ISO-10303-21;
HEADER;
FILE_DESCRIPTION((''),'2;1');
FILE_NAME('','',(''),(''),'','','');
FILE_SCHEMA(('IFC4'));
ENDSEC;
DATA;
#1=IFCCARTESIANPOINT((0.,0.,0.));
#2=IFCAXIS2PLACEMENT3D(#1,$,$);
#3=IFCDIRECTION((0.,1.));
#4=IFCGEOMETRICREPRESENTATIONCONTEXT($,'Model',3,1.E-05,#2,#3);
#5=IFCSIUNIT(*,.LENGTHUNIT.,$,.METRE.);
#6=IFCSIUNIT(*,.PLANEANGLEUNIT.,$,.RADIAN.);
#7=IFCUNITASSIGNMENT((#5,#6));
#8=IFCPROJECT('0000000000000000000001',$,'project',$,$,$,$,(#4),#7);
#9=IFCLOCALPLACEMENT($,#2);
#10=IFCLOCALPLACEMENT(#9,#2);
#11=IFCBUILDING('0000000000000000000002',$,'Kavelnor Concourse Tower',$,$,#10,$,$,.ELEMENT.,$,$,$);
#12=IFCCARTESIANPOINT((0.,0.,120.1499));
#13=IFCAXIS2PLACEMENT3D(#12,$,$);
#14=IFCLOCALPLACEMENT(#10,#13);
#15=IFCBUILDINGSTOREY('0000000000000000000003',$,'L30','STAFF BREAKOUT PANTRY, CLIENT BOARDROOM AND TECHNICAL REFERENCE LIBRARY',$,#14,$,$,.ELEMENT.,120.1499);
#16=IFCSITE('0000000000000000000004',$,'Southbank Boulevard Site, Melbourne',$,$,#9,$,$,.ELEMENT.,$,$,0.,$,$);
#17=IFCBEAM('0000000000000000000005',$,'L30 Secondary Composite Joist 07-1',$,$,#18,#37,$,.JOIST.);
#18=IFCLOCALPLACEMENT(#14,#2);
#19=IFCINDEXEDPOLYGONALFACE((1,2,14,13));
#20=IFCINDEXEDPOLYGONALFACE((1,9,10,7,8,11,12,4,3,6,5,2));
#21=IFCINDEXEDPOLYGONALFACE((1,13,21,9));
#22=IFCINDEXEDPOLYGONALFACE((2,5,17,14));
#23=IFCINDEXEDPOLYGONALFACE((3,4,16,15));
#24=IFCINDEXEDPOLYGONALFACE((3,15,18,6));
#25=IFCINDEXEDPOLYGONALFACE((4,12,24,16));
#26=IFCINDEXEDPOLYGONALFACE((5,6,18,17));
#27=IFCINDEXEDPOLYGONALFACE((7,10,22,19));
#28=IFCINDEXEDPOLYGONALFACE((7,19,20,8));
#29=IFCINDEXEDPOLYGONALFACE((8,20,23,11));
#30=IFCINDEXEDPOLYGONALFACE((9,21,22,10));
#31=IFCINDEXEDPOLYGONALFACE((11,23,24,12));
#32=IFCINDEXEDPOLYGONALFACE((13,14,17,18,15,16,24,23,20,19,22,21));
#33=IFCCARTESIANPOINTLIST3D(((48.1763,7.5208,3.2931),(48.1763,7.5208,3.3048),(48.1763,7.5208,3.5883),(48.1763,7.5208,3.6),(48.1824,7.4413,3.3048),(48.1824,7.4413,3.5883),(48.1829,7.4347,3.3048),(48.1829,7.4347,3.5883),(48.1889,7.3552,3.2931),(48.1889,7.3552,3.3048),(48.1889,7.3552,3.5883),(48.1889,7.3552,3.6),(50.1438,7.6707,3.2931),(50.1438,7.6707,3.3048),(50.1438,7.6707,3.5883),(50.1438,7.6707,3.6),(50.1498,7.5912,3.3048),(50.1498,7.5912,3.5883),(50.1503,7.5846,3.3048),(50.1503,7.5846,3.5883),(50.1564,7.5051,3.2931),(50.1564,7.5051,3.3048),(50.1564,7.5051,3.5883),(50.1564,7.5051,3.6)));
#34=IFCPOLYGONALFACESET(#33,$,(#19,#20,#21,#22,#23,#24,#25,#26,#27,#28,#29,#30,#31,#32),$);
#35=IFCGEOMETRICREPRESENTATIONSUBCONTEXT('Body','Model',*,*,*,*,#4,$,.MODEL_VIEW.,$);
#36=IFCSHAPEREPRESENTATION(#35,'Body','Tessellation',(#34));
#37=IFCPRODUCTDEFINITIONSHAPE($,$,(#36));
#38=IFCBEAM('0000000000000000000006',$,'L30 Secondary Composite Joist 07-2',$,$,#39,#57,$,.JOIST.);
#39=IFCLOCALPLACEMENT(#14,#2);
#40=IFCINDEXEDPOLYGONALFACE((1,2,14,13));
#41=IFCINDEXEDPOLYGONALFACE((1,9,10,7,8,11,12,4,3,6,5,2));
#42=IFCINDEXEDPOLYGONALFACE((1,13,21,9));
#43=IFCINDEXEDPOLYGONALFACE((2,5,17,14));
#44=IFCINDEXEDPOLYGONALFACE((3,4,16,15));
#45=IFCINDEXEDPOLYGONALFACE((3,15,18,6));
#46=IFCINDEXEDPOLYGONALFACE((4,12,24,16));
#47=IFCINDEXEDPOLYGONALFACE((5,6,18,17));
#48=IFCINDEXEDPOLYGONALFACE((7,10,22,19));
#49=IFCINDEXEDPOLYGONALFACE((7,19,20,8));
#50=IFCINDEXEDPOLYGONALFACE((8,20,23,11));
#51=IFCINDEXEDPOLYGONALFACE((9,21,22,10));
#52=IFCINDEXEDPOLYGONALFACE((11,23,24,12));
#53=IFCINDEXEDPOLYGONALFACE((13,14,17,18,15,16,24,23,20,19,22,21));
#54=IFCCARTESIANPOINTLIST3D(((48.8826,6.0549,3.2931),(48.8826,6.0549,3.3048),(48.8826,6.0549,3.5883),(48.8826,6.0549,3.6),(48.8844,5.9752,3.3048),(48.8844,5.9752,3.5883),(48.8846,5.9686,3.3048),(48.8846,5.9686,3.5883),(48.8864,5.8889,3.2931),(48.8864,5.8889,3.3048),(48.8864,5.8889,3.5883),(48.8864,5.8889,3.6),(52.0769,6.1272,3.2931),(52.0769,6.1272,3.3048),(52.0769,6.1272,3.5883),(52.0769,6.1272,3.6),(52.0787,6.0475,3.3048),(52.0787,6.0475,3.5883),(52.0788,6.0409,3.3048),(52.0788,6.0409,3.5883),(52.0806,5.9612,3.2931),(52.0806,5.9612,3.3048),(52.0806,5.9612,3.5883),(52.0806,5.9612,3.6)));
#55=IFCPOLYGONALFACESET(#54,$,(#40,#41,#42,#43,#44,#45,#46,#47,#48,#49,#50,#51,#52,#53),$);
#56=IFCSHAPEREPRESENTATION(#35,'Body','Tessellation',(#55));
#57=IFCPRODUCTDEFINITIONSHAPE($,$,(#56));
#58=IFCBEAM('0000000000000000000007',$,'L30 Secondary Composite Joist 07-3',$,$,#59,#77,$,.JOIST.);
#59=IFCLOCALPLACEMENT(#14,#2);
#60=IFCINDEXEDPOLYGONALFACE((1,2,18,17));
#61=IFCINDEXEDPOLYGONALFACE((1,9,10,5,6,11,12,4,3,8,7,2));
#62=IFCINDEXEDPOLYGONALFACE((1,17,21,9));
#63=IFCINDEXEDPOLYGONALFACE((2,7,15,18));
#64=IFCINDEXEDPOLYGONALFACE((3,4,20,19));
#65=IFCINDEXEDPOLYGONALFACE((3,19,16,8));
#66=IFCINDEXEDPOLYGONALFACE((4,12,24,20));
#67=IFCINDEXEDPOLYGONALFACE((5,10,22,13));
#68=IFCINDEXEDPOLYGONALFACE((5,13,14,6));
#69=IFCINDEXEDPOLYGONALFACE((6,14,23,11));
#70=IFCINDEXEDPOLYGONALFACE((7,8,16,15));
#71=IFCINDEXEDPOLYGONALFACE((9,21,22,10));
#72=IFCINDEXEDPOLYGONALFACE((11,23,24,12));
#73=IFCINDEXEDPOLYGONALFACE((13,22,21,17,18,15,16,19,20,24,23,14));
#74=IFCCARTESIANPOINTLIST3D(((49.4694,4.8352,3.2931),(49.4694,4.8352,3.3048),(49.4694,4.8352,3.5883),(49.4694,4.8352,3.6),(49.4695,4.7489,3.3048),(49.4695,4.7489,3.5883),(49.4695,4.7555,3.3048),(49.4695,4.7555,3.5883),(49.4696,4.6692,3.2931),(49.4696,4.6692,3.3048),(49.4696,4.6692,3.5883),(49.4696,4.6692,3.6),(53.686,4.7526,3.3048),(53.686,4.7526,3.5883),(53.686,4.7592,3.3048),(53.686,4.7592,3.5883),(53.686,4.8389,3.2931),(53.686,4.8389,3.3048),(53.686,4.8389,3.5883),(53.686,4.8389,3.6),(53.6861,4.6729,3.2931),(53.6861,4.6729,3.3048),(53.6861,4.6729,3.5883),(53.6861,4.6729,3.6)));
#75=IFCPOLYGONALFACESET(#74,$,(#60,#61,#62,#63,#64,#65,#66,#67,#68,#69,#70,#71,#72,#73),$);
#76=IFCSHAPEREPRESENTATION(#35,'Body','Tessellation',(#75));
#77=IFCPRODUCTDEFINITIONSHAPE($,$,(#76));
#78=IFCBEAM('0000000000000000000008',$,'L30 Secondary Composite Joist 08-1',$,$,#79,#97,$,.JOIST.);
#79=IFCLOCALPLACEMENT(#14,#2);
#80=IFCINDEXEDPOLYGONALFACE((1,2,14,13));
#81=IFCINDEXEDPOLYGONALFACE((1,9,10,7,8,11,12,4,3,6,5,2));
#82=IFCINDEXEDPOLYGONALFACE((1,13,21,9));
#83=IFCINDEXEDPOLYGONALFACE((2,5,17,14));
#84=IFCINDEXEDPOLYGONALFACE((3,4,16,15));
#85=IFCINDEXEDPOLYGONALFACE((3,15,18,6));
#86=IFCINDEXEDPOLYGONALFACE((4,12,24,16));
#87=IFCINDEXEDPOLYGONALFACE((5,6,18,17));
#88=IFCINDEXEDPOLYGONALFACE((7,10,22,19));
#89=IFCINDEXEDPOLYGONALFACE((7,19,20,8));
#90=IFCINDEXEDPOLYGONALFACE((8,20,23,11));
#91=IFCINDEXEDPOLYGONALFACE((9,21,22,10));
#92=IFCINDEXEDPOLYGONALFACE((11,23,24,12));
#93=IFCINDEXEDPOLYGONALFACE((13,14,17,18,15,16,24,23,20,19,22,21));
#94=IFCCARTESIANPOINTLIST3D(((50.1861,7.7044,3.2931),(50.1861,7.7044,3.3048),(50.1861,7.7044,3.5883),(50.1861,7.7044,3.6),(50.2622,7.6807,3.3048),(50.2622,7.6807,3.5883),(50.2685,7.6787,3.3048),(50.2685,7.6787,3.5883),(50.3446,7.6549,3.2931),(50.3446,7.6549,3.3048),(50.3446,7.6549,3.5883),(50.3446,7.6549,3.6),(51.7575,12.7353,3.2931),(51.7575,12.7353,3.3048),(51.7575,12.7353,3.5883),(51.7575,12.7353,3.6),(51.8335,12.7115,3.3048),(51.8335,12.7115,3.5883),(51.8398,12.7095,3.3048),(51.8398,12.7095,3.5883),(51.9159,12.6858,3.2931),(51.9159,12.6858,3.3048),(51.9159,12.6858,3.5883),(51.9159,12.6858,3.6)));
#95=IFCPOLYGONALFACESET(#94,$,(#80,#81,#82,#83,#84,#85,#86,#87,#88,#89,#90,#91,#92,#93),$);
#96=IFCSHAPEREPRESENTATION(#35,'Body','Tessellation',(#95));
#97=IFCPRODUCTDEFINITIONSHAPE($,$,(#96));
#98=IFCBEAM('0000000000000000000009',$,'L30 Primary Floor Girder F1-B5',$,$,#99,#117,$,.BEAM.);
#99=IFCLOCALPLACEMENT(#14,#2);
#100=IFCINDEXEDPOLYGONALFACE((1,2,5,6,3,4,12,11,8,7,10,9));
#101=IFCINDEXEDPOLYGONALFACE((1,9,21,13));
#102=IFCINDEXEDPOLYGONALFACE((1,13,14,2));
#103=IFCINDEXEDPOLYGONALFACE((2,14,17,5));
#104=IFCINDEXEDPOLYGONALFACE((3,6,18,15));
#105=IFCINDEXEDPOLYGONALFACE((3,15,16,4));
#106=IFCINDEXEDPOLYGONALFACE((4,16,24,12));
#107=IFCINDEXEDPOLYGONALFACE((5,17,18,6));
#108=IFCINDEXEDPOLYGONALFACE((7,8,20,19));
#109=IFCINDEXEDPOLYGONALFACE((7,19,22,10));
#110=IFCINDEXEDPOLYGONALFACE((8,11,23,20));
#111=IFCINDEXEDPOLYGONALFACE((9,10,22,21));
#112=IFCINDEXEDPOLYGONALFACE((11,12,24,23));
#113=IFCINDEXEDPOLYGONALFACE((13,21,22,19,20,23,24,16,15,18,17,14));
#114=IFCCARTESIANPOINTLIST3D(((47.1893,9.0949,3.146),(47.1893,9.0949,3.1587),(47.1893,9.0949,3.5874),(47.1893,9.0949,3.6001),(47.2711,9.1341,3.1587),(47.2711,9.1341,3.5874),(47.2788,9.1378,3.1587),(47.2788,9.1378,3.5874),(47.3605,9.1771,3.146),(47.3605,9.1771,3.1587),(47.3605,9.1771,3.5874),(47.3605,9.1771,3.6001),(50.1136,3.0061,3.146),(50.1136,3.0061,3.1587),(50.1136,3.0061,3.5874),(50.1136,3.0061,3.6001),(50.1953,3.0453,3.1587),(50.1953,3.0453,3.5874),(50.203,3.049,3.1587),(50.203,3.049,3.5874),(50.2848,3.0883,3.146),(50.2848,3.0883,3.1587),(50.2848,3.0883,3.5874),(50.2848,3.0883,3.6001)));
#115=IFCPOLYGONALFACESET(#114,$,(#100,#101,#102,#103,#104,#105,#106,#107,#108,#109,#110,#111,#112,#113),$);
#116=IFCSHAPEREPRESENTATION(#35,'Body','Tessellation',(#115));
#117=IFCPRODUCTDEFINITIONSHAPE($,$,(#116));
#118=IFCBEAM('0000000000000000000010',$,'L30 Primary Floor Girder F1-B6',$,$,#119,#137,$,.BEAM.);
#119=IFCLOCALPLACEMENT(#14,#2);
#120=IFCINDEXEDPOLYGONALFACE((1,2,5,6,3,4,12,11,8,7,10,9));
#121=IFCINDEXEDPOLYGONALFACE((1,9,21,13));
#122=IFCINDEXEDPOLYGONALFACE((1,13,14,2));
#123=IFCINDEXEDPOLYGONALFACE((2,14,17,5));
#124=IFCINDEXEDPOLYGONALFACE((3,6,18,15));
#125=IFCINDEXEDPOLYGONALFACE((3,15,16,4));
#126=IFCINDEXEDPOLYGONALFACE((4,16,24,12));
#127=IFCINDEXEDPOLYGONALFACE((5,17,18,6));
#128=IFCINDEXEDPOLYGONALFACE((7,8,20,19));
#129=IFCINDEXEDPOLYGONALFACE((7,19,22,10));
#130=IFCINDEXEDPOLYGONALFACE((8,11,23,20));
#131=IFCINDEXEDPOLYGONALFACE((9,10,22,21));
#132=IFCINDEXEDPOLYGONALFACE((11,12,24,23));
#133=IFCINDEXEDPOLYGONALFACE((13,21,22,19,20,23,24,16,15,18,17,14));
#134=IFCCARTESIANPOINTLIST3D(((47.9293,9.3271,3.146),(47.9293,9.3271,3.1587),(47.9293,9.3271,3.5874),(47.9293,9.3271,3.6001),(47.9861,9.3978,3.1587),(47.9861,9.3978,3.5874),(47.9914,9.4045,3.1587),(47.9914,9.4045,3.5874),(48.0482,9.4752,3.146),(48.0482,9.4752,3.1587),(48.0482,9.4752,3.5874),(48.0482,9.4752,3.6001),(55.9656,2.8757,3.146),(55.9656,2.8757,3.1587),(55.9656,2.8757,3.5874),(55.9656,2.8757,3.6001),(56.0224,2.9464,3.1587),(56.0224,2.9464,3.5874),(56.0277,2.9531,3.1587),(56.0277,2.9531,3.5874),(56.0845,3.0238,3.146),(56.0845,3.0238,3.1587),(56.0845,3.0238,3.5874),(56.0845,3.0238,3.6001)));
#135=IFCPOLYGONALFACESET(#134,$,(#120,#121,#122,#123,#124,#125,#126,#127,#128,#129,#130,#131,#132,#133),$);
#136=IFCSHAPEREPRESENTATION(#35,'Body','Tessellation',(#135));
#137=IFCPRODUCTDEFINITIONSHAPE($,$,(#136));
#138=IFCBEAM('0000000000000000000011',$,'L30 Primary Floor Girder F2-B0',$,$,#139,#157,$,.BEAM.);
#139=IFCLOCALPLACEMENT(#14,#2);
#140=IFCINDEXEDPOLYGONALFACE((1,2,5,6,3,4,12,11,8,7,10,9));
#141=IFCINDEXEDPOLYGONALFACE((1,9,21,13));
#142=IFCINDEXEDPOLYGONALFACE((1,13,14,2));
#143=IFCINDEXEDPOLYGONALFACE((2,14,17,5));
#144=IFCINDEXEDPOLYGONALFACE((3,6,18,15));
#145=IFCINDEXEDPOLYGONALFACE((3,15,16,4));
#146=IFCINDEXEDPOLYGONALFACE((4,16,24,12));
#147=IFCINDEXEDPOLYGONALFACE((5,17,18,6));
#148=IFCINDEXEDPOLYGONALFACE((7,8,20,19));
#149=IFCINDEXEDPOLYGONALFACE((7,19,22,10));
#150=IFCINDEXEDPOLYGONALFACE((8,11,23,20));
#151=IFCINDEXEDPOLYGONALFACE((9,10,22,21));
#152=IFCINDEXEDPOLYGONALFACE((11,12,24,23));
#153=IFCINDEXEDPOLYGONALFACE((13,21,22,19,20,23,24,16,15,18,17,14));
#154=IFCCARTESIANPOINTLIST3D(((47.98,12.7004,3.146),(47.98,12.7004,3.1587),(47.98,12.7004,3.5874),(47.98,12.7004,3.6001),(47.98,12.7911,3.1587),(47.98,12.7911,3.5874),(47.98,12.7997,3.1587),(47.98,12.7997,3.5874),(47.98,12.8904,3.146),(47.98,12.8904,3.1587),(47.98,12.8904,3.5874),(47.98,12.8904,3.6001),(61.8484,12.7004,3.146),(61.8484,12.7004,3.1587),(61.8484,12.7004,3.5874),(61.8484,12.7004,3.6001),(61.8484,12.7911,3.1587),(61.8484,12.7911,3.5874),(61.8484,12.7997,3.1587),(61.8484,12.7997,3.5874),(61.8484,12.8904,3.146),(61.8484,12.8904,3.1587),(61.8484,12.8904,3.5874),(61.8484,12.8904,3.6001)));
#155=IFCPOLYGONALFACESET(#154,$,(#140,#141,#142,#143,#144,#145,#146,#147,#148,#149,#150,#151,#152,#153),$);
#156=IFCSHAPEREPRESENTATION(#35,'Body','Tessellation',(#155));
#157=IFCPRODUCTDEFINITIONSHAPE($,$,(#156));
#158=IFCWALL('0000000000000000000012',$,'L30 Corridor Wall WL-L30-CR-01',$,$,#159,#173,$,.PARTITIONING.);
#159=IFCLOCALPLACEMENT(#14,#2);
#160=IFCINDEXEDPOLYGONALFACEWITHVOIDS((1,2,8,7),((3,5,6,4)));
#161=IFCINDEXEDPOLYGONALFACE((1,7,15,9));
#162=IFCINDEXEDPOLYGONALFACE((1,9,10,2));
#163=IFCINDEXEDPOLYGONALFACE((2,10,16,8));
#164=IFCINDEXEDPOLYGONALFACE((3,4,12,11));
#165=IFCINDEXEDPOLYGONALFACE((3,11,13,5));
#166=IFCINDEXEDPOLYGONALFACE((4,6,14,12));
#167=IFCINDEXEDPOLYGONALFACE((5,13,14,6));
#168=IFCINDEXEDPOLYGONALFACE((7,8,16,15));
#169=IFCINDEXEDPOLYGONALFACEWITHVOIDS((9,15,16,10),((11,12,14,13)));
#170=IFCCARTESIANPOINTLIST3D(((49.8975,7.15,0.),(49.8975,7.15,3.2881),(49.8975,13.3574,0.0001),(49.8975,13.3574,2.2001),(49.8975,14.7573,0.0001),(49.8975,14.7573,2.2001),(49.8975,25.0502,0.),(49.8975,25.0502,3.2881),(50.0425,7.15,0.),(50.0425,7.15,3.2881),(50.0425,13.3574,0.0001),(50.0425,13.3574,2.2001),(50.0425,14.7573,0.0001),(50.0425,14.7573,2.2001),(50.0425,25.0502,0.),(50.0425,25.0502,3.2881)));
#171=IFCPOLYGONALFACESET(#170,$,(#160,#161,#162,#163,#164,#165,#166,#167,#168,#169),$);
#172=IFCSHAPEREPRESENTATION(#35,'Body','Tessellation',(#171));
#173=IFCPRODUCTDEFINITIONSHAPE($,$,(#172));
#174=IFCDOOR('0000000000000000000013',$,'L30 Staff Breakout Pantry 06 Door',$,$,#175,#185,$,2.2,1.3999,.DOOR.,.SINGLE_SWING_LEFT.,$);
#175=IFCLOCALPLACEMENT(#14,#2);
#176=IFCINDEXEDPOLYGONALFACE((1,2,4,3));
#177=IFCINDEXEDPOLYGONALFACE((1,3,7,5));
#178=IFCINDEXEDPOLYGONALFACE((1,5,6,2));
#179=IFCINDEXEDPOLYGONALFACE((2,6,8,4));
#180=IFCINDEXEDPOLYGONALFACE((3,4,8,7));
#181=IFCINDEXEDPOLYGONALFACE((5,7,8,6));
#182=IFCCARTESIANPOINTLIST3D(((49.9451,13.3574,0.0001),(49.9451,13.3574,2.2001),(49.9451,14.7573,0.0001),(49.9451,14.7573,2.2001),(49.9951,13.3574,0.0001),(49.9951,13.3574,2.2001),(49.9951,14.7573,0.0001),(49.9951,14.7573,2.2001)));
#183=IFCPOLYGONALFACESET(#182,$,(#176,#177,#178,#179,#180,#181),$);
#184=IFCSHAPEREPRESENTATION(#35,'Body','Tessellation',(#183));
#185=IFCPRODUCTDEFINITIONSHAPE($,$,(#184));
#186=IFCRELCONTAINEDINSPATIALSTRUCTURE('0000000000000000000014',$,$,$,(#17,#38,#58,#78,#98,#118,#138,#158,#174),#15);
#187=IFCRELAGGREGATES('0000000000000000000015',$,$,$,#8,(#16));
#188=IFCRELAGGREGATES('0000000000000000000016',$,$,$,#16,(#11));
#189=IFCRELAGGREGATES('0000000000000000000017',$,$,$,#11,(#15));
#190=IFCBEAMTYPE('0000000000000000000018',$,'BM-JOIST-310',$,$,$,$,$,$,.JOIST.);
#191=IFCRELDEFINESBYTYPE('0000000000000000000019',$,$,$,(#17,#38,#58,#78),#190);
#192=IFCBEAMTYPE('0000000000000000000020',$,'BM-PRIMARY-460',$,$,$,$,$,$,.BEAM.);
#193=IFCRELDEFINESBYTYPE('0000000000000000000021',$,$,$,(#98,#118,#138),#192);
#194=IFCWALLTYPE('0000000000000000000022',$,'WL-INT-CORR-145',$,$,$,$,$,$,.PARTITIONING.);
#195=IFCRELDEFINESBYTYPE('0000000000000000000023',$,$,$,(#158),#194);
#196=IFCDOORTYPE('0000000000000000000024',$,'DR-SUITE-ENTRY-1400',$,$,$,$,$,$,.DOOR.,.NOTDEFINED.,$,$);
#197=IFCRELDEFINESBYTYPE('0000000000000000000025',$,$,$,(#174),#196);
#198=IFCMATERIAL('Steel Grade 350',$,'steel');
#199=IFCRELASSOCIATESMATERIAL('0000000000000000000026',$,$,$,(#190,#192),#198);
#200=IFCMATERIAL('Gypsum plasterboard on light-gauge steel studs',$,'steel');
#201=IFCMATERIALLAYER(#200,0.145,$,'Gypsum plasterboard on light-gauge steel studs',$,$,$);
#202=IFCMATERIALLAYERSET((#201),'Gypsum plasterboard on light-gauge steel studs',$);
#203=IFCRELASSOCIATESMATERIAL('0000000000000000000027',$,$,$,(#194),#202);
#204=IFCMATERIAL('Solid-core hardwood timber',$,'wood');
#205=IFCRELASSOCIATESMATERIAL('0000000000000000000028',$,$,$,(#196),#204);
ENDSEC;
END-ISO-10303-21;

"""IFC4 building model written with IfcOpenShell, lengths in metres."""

from ifc_helpers import new_model, si_unit, direction, frame, frame_2d, origin, origin_2d, place, context, subcontext, project, spatial, rectangle, i_section, extrude, material, layer, layer_set, material_profile, profile_set, type_object, element, fill, save


model = new_model("IFC4")

# Units and contexts
model_context = context("Model", 3, precision=1e-05, world=origin(), true_north=direction((0.0, 1.0)))
body_context = subcontext(model_context, "Body", "Model", "MODEL_VIEW")
ifc_project = project(units=[si_unit("LENGTHUNIT", "METRE"), si_unit("PLANEANGLEUNIT", "RADIAN")], contexts=[model_context])

# Site, building, storey
site_placement = place(None, origin())
site = spatial("IfcSite", under=ifc_project, at=site_placement, Name="Southbank Boulevard Site, Melbourne", CompositionType="ELEMENT", RefElevation=0.0)
building_placement = place(site_placement, origin())
building = spatial("IfcBuilding", under=site, at=building_placement, Name="Kavelnor Concourse Tower", CompositionType="ELEMENT")
storey_placement = place(building_placement, frame((0.0, 0.0, 120.1499)))
storey = spatial("IfcBuildingStorey", under=building, at=storey_placement, Name="L30", Description="STAFF BREAKOUT PANTRY, CLIENT BOARDROOM AND TECHNICAL REFERENCE LIBRARY", CompositionType="ELEMENT", Elevation=120.1499)

# Beams
ifc_material_1 = material(Name="Steel Grade 350", Category="steel")
ifc_material_profile_1 = material_profile(ifc_material_1, i_section(OverallWidth=0.166, OverallDepth=0.3069, WebThickness=0.0066, FlangeThickness=0.0117, at=origin_2d()), Name="310UB46")
ifc_profile_set_1 = profile_set([ifc_material_profile_1], Name="Steel Grade 350")
beam_type_1 = type_object("IfcBeamType", Name="BM-JOIST-310", PredefinedType="JOIST", material=ifc_profile_set_1)
beam_1_placement = place(storey_placement, frame((48.1826, 7.438, 3.4465), z_axis=(0.99711, 0.075968, 0.0), x_axis=(-0.075968, 0.99711, 0.0)))
element("IfcBeam", 1, at=beam_1_placement, inside=storey, type_object=beam_type_1, Name="L30 Secondary Composite Joist 07-1", PredefinedType="JOIST", context=body_context, shape_type="SweptSolid", body=[
    extrude(i_section(OverallWidth=0.166, OverallDepth=0.3069, WebThickness=0.0066, FlangeThickness=0.0117, at=origin_2d()), origin(), (0.0, 0.0, 1.0), 1.9731),
])
beam_2_placement = place(storey_placement, frame((48.8845, 5.9719, 3.4465), z_axis=(0.999744, 0.022617, 0.0), x_axis=(-0.022617, 0.999744, 0.0)))
element("IfcBeam", 2, at=beam_2_placement, inside=storey, type_object=beam_type_1, Name="L30 Secondary Composite Joist 07-2", PredefinedType="JOIST", context=body_context, shape_type="SweptSolid", body=[
    extrude(i_section(OverallWidth=0.166, OverallDepth=0.3069, WebThickness=0.0066, FlangeThickness=0.0117, at=origin_2d()), origin(), (0.0, 0.0, 1.0), 3.1951),
])
beam_3_placement = place(storey_placement, frame((49.4695, 4.7522, 3.4465), z_axis=(1.0, 0.000869, 0.0), x_axis=(-0.000869, 1.0, 0.0)))
element("IfcBeam", 3, at=beam_3_placement, inside=storey, type_object=beam_type_1, Name="L30 Secondary Composite Joist 07-3", PredefinedType="JOIST", context=body_context, shape_type="SweptSolid", body=[
    extrude(i_section(OverallWidth=0.166, OverallDepth=0.3069, WebThickness=0.0066, FlangeThickness=0.0117, at=origin_2d()), origin(), (0.0, 0.0, 1.0), 4.2166),
])
beam_4_placement = place(storey_placement, frame((50.2654, 7.6797, 3.4465), z_axis=(0.298133, 0.954524, 0.0), x_axis=(-0.954524, 0.298133, 0.0)))
element("IfcBeam", 4, at=beam_4_placement, inside=storey, type_object=beam_type_1, Name="L30 Secondary Composite Joist 08-1", PredefinedType="JOIST", context=body_context, shape_type="SweptSolid", body=[
    extrude(i_section(OverallWidth=0.166, OverallDepth=0.3069, WebThickness=0.0066, FlangeThickness=0.0117, at=origin_2d()), origin(), (0.0, 0.0, 1.0), 5.2705),
])
ifc_material_profile_2 = material_profile(ifc_material_1, i_section(OverallWidth=0.1899, OverallDepth=0.4541, WebThickness=0.0085, FlangeThickness=0.0127, at=origin_2d()), Name="460UB67")
ifc_profile_set_2 = profile_set([ifc_material_profile_2], Name="Steel Grade 350")
beam_type_2 = type_object("IfcBeamType", Name="BM-PRIMARY-460", PredefinedType="BEAM", material=ifc_profile_set_2)
beam_5_placement = place(storey_placement, frame((47.2749, 9.136, 3.373), z_axis=(0.432931, -0.901427, 0.0), x_axis=(0.901427, 0.432931, 0.0)))
element("IfcBeam", 5, at=beam_5_placement, inside=storey, type_object=beam_type_2, Name="L30 Primary Floor Girder F1-B5", PredefinedType="BEAM", context=body_context, shape_type="SweptSolid", body=[
    extrude(i_section(OverallWidth=0.1899, OverallDepth=0.4541, WebThickness=0.0085, FlangeThickness=0.0127, at=origin_2d()), origin(), (0.0, 0.0, 1.0), 6.7546),
])
beam_6_placement = place(storey_placement, frame((47.9888, 9.4011, 3.373), z_axis=(0.779811, -0.626014, 0.0), x_axis=(0.626014, 0.779811, 0.0)))
element("IfcBeam", 6, at=beam_6_placement, inside=storey, type_object=beam_type_2, Name="L30 Primary Floor Girder F1-B6", PredefinedType="BEAM", context=body_context, shape_type="SweptSolid", body=[
    extrude(i_section(OverallWidth=0.1899, OverallDepth=0.4541, WebThickness=0.0085, FlangeThickness=0.0127, at=origin_2d()), origin(), (0.0, 0.0, 1.0), 10.3054),
])
beam_7_placement = place(storey_placement, frame((47.98, 12.7954, 3.373), z_axis=(1.0, 0.0, 0.0), x_axis=(0.0, 1.0, 0.0)))
element("IfcBeam", 7, at=beam_7_placement, inside=storey, type_object=beam_type_2, Name="L30 Primary Floor Girder F2-B0", PredefinedType="BEAM", context=body_context, shape_type="SweptSolid", body=[
    extrude(i_section(OverallWidth=0.1899, OverallDepth=0.4541, WebThickness=0.0085, FlangeThickness=0.0127, at=origin_2d()), origin(), (0.0, 0.0, 1.0), 13.8684),
])

# Wall, opening, door
ifc_material_2 = material(Name="Gypsum plasterboard on light-gauge steel studs", Category="steel")
ifc_layer_1 = layer(ifc_material_2, 0.145, Name="Gypsum plasterboard on light-gauge steel studs")
ifc_layer_set_1 = layer_set([ifc_layer_1], Name="Gypsum plasterboard on light-gauge steel studs")
wall_type_1 = type_object("IfcWallType", Name="WL-INT-CORR-145", PredefinedType="PARTITIONING", material=ifc_layer_set_1)
wall_1_placement = place(storey_placement, frame((49.97, 7.1499, 0.0), z_axis=(0.0, 0.0, 1.0), x_axis=(0.0, 1.0, 0.0)))
wall_1 = element("IfcWall", 8, at=wall_1_placement, inside=storey, type_object=wall_type_1, Name="L30 Corridor Wall WL-L30-CR-01", PredefinedType="PARTITIONING", context=body_context, shape_type="SweptSolid", body=[
    extrude(rectangle(XDim=17.9001, YDim=0.145, at=frame_2d((8.9502, 0.0))), origin(), (0.0, 0.0, 1.0), 3.2881),
])
opening_1_placement = place(wall_1_placement, frame((6.2075, 0.0, 0.0)))
opening_1 = element("IfcOpeningElement", 9, at=opening_1_placement, cuts=wall_1, PredefinedType="OPENING", context=body_context, shape_type="SweptSolid", body=[
    extrude(rectangle(XDim=1.3999, YDim=2.2, at=frame_2d((0.7, 1.1001))), frame((0.0, 0.0825, 0.0), z_axis=(0.0, -1.0, 0.0), x_axis=(1.0, 0.0, 0.0)), (0.0, 0.0, 1.0), 0.165),
])
ifc_material_3 = material(Name="Solid-core hardwood timber", Category="wood")
door_type_1 = type_object("IfcDoorType", Name="DR-SUITE-ENTRY-1400", OperationType="NOTDEFINED", PredefinedType="DOOR", material=ifc_material_3)
door_1_placement = place(opening_1_placement, origin())
door_1 = element("IfcDoor", 10, at=door_1_placement, inside=storey, type_object=door_type_1, Name="L30 Staff Breakout Pantry 06 Door", OperationType="SINGLE_SWING_LEFT", OverallHeight=2.2, OverallWidth=1.3999, PredefinedType="DOOR", context=body_context, shape_type="SweptSolid", body=[
    extrude(rectangle(XDim=1.3999, YDim=2.2, at=frame_2d((0.7, 1.1001))), frame((0.0, 0.0249, 0.0), z_axis=(0.0, -1.0, 0.0), x_axis=(1.0, 0.0, 0.0)), (0.0, 0.0, 1.0), 0.05),
])
fill(opening_1, door_1)

save(model, "model.ifc")
